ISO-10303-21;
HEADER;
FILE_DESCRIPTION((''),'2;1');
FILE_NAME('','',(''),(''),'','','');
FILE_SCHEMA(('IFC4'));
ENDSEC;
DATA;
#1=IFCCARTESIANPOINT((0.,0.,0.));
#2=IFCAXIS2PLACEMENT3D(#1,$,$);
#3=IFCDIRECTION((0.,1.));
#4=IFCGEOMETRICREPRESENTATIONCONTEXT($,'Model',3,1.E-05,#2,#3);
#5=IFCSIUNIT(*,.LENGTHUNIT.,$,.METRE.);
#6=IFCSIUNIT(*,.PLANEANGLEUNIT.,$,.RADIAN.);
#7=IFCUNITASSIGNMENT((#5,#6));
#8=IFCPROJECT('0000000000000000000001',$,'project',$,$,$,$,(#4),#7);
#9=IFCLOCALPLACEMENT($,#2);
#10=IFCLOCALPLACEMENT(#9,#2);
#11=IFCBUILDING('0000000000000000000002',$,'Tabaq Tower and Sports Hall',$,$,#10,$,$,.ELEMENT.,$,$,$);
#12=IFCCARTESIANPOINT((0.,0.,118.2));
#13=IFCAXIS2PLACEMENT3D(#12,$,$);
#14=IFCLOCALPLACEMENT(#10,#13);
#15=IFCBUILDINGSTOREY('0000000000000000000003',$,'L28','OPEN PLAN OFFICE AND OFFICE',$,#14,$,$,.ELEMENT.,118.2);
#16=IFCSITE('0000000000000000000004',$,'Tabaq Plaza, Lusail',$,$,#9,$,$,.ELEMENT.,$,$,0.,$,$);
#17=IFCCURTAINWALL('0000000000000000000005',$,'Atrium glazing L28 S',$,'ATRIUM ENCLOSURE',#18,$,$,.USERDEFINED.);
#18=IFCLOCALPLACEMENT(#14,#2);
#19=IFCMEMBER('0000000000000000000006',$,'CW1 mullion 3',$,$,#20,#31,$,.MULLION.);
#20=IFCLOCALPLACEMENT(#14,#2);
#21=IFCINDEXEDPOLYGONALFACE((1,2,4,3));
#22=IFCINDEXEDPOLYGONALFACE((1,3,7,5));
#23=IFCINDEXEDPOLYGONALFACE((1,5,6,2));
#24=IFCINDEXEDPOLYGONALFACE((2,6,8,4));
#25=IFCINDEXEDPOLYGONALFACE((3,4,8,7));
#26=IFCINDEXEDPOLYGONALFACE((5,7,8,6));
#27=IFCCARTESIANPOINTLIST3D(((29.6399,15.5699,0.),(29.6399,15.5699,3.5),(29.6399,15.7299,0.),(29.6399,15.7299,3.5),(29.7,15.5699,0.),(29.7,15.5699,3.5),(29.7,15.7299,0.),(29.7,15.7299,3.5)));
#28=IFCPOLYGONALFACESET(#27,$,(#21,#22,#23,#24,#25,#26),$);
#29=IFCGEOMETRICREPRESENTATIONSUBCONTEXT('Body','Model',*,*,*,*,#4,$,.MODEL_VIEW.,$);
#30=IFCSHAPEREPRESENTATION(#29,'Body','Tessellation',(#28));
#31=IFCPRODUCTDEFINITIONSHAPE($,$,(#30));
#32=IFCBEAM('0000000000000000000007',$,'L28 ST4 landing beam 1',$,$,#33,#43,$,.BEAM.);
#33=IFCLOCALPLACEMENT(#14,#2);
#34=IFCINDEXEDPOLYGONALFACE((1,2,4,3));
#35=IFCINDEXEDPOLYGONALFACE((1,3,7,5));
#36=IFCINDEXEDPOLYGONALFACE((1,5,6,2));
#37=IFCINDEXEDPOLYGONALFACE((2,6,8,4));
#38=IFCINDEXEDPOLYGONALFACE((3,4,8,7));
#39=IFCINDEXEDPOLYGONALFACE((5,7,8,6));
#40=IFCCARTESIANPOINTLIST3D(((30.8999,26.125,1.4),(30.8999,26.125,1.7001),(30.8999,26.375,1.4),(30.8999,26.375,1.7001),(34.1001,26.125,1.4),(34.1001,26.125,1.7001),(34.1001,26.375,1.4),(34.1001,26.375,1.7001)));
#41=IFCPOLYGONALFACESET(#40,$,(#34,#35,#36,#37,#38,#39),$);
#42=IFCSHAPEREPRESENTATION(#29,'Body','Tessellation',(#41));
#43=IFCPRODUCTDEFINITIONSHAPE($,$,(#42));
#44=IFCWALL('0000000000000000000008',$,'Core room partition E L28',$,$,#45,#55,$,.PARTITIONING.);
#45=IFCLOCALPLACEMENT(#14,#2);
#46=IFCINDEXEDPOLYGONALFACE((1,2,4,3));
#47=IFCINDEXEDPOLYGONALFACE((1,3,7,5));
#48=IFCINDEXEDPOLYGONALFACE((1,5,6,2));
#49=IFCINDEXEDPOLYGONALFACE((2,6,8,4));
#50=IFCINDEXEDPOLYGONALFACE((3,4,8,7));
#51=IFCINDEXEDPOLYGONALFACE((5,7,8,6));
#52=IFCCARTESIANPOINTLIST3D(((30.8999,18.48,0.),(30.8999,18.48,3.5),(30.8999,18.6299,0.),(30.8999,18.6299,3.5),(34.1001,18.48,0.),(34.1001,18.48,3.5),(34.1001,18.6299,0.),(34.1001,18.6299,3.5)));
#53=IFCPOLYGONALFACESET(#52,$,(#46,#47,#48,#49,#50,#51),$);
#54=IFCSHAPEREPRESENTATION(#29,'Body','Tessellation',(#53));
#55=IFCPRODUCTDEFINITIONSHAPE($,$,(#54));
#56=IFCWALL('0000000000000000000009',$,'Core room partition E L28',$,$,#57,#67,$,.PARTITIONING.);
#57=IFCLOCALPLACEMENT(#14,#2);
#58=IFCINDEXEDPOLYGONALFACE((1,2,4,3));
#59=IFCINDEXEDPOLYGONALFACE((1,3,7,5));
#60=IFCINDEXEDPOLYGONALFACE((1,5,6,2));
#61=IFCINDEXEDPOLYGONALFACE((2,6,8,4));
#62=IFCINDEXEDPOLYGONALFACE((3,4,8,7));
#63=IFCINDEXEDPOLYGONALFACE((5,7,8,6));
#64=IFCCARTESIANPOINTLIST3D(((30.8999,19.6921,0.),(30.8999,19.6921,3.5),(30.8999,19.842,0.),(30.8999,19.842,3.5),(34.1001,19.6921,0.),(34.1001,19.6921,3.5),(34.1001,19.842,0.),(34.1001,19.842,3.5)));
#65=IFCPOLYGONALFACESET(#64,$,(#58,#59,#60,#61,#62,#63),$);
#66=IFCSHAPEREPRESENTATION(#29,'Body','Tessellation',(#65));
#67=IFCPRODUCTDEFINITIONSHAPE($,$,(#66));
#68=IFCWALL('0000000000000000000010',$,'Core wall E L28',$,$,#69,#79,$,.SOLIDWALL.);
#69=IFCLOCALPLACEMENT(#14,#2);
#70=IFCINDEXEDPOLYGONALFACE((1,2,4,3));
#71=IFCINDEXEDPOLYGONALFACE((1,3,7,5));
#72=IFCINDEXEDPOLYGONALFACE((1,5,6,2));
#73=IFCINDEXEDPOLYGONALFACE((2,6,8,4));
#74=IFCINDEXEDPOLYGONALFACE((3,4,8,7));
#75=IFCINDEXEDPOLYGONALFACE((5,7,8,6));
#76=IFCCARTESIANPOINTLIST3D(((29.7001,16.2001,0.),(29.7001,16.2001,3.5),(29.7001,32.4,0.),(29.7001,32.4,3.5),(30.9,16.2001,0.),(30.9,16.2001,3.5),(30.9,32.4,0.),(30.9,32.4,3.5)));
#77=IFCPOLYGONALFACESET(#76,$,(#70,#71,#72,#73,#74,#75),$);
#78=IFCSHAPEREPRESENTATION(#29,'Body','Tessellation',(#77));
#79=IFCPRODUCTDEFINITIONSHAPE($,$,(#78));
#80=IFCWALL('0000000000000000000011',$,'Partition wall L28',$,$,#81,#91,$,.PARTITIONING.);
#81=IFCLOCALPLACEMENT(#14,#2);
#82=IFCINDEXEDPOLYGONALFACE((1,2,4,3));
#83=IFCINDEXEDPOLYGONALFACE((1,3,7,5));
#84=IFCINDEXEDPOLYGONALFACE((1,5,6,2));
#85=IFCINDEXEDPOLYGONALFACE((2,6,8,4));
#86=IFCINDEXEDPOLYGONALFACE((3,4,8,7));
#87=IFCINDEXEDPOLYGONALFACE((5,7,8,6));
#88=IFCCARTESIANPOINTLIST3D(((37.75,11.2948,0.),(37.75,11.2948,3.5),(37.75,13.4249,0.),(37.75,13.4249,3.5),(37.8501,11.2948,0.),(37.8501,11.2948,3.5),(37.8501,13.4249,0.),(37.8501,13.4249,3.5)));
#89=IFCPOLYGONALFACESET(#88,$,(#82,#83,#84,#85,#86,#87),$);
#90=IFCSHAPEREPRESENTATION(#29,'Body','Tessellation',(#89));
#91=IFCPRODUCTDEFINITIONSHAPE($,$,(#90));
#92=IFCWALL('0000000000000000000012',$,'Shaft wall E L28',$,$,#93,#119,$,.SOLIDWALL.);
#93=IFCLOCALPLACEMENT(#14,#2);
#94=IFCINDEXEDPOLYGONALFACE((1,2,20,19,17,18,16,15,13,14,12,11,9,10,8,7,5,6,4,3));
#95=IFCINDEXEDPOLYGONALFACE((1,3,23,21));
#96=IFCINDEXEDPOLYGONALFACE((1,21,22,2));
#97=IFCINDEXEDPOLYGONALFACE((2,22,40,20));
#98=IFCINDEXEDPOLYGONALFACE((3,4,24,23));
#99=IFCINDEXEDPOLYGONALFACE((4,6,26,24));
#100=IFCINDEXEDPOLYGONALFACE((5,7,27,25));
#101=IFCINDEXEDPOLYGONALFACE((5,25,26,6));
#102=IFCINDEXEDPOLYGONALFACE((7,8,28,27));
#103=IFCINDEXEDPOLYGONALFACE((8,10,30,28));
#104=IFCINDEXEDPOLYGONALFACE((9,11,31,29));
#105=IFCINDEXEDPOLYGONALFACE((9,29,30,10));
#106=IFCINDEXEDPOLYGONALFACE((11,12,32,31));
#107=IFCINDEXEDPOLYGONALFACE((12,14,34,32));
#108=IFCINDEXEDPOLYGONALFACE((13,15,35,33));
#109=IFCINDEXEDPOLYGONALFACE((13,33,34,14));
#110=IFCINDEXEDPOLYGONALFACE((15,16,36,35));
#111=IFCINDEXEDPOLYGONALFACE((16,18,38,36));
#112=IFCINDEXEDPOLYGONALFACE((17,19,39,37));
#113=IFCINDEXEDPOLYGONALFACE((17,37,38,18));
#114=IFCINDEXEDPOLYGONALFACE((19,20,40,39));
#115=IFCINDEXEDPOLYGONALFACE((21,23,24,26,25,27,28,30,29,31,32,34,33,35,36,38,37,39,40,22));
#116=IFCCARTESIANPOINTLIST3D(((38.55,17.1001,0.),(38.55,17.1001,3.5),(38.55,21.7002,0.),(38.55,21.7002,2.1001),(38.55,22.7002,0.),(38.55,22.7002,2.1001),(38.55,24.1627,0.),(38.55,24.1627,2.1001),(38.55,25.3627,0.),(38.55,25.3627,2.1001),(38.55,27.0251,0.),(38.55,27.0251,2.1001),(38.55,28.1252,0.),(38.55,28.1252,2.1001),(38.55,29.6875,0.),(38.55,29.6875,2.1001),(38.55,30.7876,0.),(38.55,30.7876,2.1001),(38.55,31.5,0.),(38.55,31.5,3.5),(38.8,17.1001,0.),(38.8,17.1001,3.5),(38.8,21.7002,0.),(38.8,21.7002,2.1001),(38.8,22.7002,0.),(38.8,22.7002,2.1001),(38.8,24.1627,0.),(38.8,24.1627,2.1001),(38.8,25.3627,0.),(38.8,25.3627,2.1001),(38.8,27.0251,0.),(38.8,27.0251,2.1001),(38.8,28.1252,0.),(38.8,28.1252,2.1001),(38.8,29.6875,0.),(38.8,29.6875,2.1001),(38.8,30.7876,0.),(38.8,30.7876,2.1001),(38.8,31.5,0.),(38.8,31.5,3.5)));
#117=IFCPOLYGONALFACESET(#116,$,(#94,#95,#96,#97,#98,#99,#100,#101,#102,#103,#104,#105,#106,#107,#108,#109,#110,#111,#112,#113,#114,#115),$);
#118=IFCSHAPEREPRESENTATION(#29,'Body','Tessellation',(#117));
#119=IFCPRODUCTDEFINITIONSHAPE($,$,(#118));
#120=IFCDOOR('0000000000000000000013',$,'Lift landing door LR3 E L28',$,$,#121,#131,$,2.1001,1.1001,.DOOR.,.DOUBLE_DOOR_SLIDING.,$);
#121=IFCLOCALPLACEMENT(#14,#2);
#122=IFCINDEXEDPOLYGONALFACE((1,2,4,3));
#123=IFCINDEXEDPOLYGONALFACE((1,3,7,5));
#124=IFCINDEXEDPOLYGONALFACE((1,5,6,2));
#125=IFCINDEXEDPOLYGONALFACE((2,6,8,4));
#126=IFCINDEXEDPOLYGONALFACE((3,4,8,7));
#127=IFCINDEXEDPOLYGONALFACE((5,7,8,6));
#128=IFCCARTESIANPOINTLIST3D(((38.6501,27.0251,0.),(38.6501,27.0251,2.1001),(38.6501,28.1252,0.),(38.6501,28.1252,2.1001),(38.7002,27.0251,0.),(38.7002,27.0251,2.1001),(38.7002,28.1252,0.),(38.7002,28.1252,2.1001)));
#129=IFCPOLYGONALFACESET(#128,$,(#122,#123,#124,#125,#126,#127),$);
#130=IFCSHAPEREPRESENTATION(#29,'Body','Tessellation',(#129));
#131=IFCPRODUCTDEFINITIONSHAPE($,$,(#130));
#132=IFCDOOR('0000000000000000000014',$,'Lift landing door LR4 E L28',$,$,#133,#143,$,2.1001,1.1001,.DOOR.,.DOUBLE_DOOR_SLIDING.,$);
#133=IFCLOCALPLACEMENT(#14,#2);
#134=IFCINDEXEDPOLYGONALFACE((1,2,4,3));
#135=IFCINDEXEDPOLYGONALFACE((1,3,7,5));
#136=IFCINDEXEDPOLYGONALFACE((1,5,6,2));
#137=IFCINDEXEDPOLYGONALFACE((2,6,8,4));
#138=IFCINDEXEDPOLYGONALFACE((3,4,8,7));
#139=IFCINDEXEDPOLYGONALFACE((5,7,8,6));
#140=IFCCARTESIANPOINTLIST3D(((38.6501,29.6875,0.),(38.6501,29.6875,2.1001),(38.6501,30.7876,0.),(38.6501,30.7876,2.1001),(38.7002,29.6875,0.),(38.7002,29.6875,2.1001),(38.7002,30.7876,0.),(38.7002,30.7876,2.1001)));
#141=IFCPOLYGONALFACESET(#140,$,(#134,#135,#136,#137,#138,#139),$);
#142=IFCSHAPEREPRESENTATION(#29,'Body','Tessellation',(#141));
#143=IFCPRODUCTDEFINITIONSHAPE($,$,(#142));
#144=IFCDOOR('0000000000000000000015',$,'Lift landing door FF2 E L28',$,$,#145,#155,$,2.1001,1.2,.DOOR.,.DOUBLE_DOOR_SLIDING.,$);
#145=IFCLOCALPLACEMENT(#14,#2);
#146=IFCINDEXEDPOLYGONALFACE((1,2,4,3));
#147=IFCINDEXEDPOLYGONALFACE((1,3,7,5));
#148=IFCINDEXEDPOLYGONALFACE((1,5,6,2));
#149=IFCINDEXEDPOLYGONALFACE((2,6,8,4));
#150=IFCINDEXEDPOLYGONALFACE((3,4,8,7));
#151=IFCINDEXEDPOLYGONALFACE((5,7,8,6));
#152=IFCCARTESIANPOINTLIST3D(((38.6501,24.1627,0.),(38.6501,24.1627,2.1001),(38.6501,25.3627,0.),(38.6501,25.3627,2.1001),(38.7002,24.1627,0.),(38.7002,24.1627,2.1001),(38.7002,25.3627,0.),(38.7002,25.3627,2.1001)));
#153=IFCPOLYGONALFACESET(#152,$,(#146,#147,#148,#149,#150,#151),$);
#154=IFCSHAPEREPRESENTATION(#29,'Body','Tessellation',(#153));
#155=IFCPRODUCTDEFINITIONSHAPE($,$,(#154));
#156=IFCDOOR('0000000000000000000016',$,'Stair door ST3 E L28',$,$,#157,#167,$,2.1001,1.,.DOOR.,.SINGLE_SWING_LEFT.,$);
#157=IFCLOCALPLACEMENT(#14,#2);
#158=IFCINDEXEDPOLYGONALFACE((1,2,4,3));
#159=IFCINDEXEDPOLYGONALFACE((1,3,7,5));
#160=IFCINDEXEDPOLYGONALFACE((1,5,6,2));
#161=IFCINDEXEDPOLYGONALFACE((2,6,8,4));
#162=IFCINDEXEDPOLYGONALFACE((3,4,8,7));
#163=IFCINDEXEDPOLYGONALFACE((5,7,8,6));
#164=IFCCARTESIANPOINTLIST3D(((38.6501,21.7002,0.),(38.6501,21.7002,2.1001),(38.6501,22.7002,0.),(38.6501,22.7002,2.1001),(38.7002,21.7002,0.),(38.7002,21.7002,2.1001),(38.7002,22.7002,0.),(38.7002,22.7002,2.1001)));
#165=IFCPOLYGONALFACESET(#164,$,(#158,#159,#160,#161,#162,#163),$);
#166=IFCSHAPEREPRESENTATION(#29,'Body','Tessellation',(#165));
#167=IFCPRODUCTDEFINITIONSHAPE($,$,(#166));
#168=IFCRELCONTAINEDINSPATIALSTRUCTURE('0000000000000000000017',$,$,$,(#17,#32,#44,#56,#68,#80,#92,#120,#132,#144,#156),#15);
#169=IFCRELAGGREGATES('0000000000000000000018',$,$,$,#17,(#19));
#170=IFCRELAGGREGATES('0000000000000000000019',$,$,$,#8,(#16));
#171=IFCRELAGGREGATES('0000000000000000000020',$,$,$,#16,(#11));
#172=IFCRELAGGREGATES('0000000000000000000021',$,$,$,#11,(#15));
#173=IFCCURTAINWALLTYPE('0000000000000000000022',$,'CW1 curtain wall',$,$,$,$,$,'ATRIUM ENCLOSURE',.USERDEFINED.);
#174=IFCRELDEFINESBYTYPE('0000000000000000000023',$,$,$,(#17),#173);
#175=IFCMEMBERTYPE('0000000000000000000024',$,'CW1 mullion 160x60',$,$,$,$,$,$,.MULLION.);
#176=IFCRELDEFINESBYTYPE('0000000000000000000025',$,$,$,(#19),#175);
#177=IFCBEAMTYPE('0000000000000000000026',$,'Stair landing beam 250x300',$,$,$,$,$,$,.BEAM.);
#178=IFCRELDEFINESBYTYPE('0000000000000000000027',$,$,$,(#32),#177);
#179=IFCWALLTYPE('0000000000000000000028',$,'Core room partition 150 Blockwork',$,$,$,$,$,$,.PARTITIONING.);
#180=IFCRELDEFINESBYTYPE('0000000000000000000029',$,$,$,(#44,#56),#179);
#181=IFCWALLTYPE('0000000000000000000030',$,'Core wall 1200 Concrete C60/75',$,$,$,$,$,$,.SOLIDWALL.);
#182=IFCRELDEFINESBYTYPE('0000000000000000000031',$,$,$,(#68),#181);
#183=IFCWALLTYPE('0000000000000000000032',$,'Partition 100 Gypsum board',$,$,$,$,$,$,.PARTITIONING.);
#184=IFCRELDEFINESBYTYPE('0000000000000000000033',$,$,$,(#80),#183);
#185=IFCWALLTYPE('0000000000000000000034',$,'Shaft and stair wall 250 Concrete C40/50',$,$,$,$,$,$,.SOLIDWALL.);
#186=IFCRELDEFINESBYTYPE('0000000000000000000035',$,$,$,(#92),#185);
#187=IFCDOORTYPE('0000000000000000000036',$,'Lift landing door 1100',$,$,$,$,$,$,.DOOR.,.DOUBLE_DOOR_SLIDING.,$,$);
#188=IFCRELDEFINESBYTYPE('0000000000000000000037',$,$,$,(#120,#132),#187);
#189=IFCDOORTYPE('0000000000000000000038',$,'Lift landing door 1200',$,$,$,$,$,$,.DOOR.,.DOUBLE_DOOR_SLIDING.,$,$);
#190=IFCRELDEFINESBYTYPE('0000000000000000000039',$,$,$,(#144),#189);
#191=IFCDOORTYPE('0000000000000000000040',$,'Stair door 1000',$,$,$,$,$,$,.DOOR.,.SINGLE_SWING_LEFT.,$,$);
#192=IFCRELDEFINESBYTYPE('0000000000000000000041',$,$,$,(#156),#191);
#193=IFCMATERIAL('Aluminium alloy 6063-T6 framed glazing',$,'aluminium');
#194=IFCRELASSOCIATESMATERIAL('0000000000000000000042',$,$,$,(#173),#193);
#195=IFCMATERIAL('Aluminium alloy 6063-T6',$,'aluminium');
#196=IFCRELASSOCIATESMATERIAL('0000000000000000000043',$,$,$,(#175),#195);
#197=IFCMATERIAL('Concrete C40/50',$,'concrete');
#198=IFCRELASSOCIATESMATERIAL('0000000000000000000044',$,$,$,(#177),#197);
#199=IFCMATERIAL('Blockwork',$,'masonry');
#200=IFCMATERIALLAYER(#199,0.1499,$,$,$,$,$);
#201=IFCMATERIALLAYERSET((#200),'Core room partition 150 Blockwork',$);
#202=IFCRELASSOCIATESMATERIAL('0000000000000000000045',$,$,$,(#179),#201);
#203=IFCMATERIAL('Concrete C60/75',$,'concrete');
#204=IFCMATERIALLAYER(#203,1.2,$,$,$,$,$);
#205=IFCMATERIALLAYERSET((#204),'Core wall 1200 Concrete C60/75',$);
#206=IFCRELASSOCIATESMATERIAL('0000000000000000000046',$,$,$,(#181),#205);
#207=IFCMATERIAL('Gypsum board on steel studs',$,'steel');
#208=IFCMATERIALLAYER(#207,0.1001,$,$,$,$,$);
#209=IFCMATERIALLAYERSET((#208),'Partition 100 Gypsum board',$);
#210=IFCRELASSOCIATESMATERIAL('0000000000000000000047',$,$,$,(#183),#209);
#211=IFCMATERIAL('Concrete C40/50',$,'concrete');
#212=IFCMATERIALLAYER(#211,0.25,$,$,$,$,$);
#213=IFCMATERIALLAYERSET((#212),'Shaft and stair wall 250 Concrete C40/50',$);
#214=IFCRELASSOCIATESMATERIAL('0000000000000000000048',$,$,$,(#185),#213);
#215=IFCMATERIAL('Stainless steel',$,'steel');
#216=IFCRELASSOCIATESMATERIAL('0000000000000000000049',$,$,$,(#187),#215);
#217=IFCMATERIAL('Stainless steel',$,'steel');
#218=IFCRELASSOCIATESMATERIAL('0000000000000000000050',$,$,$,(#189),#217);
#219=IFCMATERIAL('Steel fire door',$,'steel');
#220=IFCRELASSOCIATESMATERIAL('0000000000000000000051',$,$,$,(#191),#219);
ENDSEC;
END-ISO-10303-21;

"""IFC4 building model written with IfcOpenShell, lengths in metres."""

from ifc_helpers import new_model, si_unit, direction, frame, frame_2d, origin, origin_2d, place, context, subcontext, project, spatial, rectangle, extrude, material, layer, layer_set, material_profile, profile_set, type_object, element, fill, aggregate, save


model = new_model("IFC4")

# Units and contexts
model_context = context("Model", 3, precision=1e-05, world=origin(), true_north=direction((0.0, 1.0)))
body_context = subcontext(model_context, "Body", "Model", "MODEL_VIEW")
ifc_project = project(units=[si_unit("LENGTHUNIT", "METRE"), si_unit("PLANEANGLEUNIT", "RADIAN")], contexts=[model_context])

# Site, building, storey
site_placement = place(None, origin())
site = spatial("IfcSite", under=ifc_project, at=site_placement, Name="Tabaq Plaza, Lusail", CompositionType="ELEMENT", RefElevation=0.0)
building_placement = place(site_placement, origin())
building = spatial("IfcBuilding", under=site, at=building_placement, Name="Tabaq Tower and Sports Hall", CompositionType="ELEMENT")
storey_placement = place(building_placement, frame((0.0, 0.0, 118.2)))
storey = spatial("IfcBuildingStorey", under=building, at=storey_placement, Name="L28", Description="OPEN PLAN OFFICE AND OFFICE", CompositionType="ELEMENT", Elevation=118.2)

# Curtain wall, member
ifc_material_1 = material(Name="Aluminium alloy 6063-T6 framed glazing", Category="aluminium")
curtain_wall_type = type_object("IfcCurtainWallType", Name="CW1 curtain wall", ElementType="ATRIUM ENCLOSURE", PredefinedType="USERDEFINED", material=ifc_material_1)
curtain_wall_placement = place(storey_placement, origin())
curtain_wall = element("IfcCurtainWall", 1, at=curtain_wall_placement, inside=storey, type_object=curtain_wall_type, Name="Atrium glazing L28 S", ObjectType="ATRIUM ENCLOSURE", PredefinedType="USERDEFINED")
ifc_material_2 = material(Name="Aluminium alloy 6063-T6", Category="aluminium")
ifc_material_profile_1 = material_profile(ifc_material_2, rectangle(XDim=0.1599, YDim=0.0601, at=origin_2d()), Name="MULLION 160x60")
ifc_profile_set_1 = profile_set([ifc_material_profile_1], Name="Aluminium alloy 6063-T6")
member_type = type_object("IfcMemberType", Name="CW1 mullion 160x60", PredefinedType="MULLION", material=ifc_profile_set_1)
member_placement = place(storey_placement, frame((29.6699, 15.6499, 0.0), z_axis=(0.0, 0.0, 1.0), x_axis=(0.0, 1.0, 0.0)))
member = element("IfcMember", 2, at=member_placement, type_object=member_type, Name="CW1 mullion 3", PredefinedType="MULLION", context=body_context, shape_type="SweptSolid", body=[
    extrude(rectangle(XDim=0.1599, YDim=0.0601, at=origin_2d()), origin(), (0.0, 0.0, 1.0), 3.5),
])
aggregate(curtain_wall, [member])

# Beam
ifc_material_3 = material(Name="Concrete C40/50", Category="concrete")
ifc_material_profile_2 = material_profile(ifc_material_3, rectangle(XDim=0.25, YDim=0.3, at=origin_2d()), Name="RC 250x300")
ifc_profile_set_2 = profile_set([ifc_material_profile_2], Name="Concrete C40/50")
beam_type = type_object("IfcBeamType", Name="Stair landing beam 250x300", PredefinedType="BEAM", material=ifc_profile_set_2)
beam_placement = place(storey_placement, frame((30.8999, 26.25, 1.55), z_axis=(1.0, 0.0, 0.0), x_axis=(0.0, 1.0, 0.0)))
element("IfcBeam", 3, at=beam_placement, inside=storey, type_object=beam_type, Name="L28 ST4 landing beam 1", PredefinedType="BEAM", context=body_context, shape_type="SweptSolid", body=[
    extrude(rectangle(XDim=0.25, YDim=0.3, at=origin_2d()), origin(), (0.0, 0.0, 1.0), 3.2002),
])

# Walls
ifc_material_4 = material(Name="Blockwork", Category="masonry")
ifc_layer_1 = layer(ifc_material_4, 0.1499)
ifc_layer_set_1 = layer_set([ifc_layer_1], Name="Core room partition 150 Blockwork")
wall_type_1 = type_object("IfcWallType", Name="Core room partition 150 Blockwork", PredefinedType="PARTITIONING", material=ifc_layer_set_1)
for number, where, z_axis, x_axis, name in (
    (4, (30.8999, 18.5549, 0.0), (0.0, 0.0, 1.0), (1.0, 0.0, 0.0), "Core room partition E L28"),
    (5, (30.8999, 19.7671, 0.0), (0.0, 0.0, 1.0), (1.0, 0.0, 0.0), "Core room partition E L28"),
):
    element("IfcWall", number, at=place(storey_placement, frame(where, z_axis=z_axis, x_axis=x_axis)), inside=storey, type_object=wall_type_1, Name=name, PredefinedType="PARTITIONING", context=body_context, shape_type="SweptSolid", body=[
        extrude(rectangle(XDim=3.2002, YDim=0.1499, at=frame_2d((1.6001, 0.0))), origin(), (0.0, 0.0, 1.0), 3.5),
    ])
ifc_material_5 = material(Name="Concrete C60/75", Category="concrete")
ifc_layer_2 = layer(ifc_material_5, 1.2)
ifc_layer_set_2 = layer_set([ifc_layer_2], Name="Core wall 1200 Concrete C60/75")
wall_type_2 = type_object("IfcWallType", Name="Core wall 1200 Concrete C60/75", PredefinedType="SOLIDWALL", material=ifc_layer_set_2)
wall_1_placement = place(storey_placement, frame((30.3, 16.2, 0.0), z_axis=(0.0, 0.0, 1.0), x_axis=(0.0, 1.0, 0.0)))
element("IfcWall", 6, at=wall_1_placement, inside=storey, type_object=wall_type_2, Name="Core wall E L28", PredefinedType="SOLIDWALL", context=body_context, shape_type="SweptSolid", body=[
    extrude(rectangle(XDim=16.2, YDim=1.2, at=frame_2d((8.1001, 0.0))), origin(), (0.0, 0.0, 1.0), 3.5),
])

# Wall
ifc_material_6 = material(Name="Gypsum board on steel studs", Category="steel")
ifc_layer_3 = layer(ifc_material_6, 0.1001)
ifc_layer_set_3 = layer_set([ifc_layer_3], Name="Partition 100 Gypsum board")
wall_type_3 = type_object("IfcWallType", Name="Partition 100 Gypsum board", PredefinedType="PARTITIONING", material=ifc_layer_set_3)
wall_2_placement = place(storey_placement, frame((37.8, 11.2949, 0.0), z_axis=(0.0, 0.0, 1.0), x_axis=(0.0, 1.0, 0.0)))
element("IfcWall", 7, at=wall_2_placement, inside=storey, type_object=wall_type_3, Name="Partition wall L28", PredefinedType="PARTITIONING", context=body_context, shape_type="SweptSolid", body=[
    extrude(rectangle(XDim=2.1301, YDim=0.1001, at=frame_2d((1.0649, 0.0))), origin(), (0.0, 0.0, 1.0), 3.5),
])

# Wall, openings, doors
ifc_material_7 = material(Name="Concrete C40/50", Category="concrete")
ifc_layer_4 = layer(ifc_material_7, 0.25)
ifc_layer_set_4 = layer_set([ifc_layer_4], Name="Shaft and stair wall 250 Concrete C40/50")
wall_type_4 = type_object("IfcWallType", Name="Shaft and stair wall 250 Concrete C40/50", PredefinedType="SOLIDWALL", material=ifc_layer_set_4)
wall_3_placement = place(storey_placement, frame((38.675, 17.1001, 0.0), z_axis=(0.0, 0.0, 1.0), x_axis=(0.0, 1.0, 0.0)))
wall_3 = element("IfcWall", 8, at=wall_3_placement, inside=storey, type_object=wall_type_4, Name="Shaft wall E L28", PredefinedType="SOLIDWALL", context=body_context, shape_type="SweptSolid", body=[
    extrude(rectangle(XDim=14.3999, YDim=0.25, at=frame_2d((7.2, 0.0))), origin(), (0.0, 0.0, 1.0), 3.5),
])
opening_1_placement = place(wall_3_placement, frame((4.6001, 0.0, 0.0)))
opening_1 = element("IfcOpeningElement", 9, at=opening_1_placement, cuts=wall_3, PredefinedType="OPENING", context=body_context, shape_type="SweptSolid", body=[
    extrude(rectangle(XDim=1.0, YDim=2.1001, at=frame_2d((0.5, 1.05))), frame((0.0, 0.125, 0.0), z_axis=(0.0, -1.0, 0.0), x_axis=(1.0, 0.0, 0.0)), (0.0, 0.0, 1.0), 0.25),
])
opening_2_placement = place(wall_3_placement, frame((7.0625, 0.0, 0.0)))
opening_2 = element("IfcOpeningElement", 10, at=opening_2_placement, cuts=wall_3, PredefinedType="OPENING", context=body_context, shape_type="SweptSolid", body=[
    extrude(rectangle(XDim=1.2, YDim=2.1001, at=frame_2d((0.6001, 1.05))), frame((0.0, 0.125, 0.0), z_axis=(0.0, -1.0, 0.0), x_axis=(1.0, 0.0, 0.0)), (0.0, 0.0, 1.0), 0.25),
])
opening_3_placement = place(wall_3_placement, frame((9.925, 0.0, 0.0)))
opening_3 = element("IfcOpeningElement", 11, at=opening_3_placement, cuts=wall_3, PredefinedType="OPENING", context=body_context, shape_type="SweptSolid", body=[
    extrude(rectangle(XDim=1.1001, YDim=2.1001, at=frame_2d((0.55, 1.05))), frame((0.0, 0.125, 0.0), z_axis=(0.0, -1.0, 0.0), x_axis=(1.0, 0.0, 0.0)), (0.0, 0.0, 1.0), 0.25),
])
opening_4_placement = place(wall_3_placement, frame((12.5874, 0.0, 0.0)))
opening_4 = element("IfcOpeningElement", 12, at=opening_4_placement, cuts=wall_3, PredefinedType="OPENING", context=body_context, shape_type="SweptSolid", body=[
    extrude(rectangle(XDim=1.1001, YDim=2.1001, at=frame_2d((0.55, 1.05))), frame((0.0, 0.125, 0.0), z_axis=(0.0, -1.0, 0.0), x_axis=(1.0, 0.0, 0.0)), (0.0, 0.0, 1.0), 0.25),
])
ifc_material_8 = material(Name="Stainless steel", Category="steel")
door_type_1 = type_object("IfcDoorType", Name="Lift landing door 1100", OperationType="DOUBLE_DOOR_SLIDING", PredefinedType="DOOR", material=ifc_material_8)
door_1_placement = place(opening_3_placement, origin())
door_1 = element("IfcDoor", 13, at=door_1_placement, inside=storey, type_object=door_type_1, Name="Lift landing door LR3 E L28", OperationType="DOUBLE_DOOR_SLIDING", OverallHeight=2.1001, OverallWidth=1.1001, PredefinedType="DOOR", context=body_context, shape_type="SweptSolid", body=[
    extrude(rectangle(XDim=1.1001, YDim=2.1001, at=frame_2d((0.55, 1.05))), frame((0.0, 0.0249, 0.0), z_axis=(0.0, -1.0, 0.0), x_axis=(1.0, 0.0, 0.0)), (0.0, 0.0, 1.0), 0.05),
])
fill(opening_3, door_1)
door_2_placement = place(opening_4_placement, origin())
door_2 = element("IfcDoor", 14, at=door_2_placement, inside=storey, type_object=door_type_1, Name="Lift landing door LR4 E L28", OperationType="DOUBLE_DOOR_SLIDING", OverallHeight=2.1001, OverallWidth=1.1001, PredefinedType="DOOR", context=body_context, shape_type="SweptSolid", body=[
    extrude(rectangle(XDim=1.1001, YDim=2.1001, at=frame_2d((0.55, 1.05))), frame((0.0, 0.0249, 0.0), z_axis=(0.0, -1.0, 0.0), x_axis=(1.0, 0.0, 0.0)), (0.0, 0.0, 1.0), 0.05),
])
fill(opening_4, door_2)
ifc_material_9 = material(Name="Stainless steel", Category="steel")
door_type_2 = type_object("IfcDoorType", Name="Lift landing door 1200", OperationType="DOUBLE_DOOR_SLIDING", PredefinedType="DOOR", material=ifc_material_9)
door_3_placement = place(opening_2_placement, origin())
door_3 = element("IfcDoor", 15, at=door_3_placement, inside=storey, type_object=door_type_2, Name="Lift landing door FF2 E L28", OperationType="DOUBLE_DOOR_SLIDING", OverallHeight=2.1001, OverallWidth=1.2, PredefinedType="DOOR", context=body_context, shape_type="SweptSolid", body=[
    extrude(rectangle(XDim=1.2, YDim=2.1001, at=frame_2d((0.6001, 1.05))), frame((0.0, 0.0249, 0.0), z_axis=(0.0, -1.0, 0.0), x_axis=(1.0, 0.0, 0.0)), (0.0, 0.0, 1.0), 0.05),
])
fill(opening_2, door_3)
ifc_material_10 = material(Name="Steel fire door", Category="steel")
door_type_3 = type_object("IfcDoorType", Name="Stair door 1000", OperationType="SINGLE_SWING_LEFT", PredefinedType="DOOR", material=ifc_material_10)
door_4_placement = place(opening_1_placement, origin())
door_4 = element("IfcDoor", 16, at=door_4_placement, inside=storey, type_object=door_type_3, Name="Stair door ST3 E L28", OperationType="SINGLE_SWING_LEFT", OverallHeight=2.1001, OverallWidth=1.0, PredefinedType="DOOR", context=body_context, shape_type="SweptSolid", body=[
    extrude(rectangle(XDim=1.0, YDim=2.1001, at=frame_2d((0.5, 1.05))), frame((0.0, 0.0249, 0.0), z_axis=(0.0, -1.0, 0.0), x_axis=(1.0, 0.0, 0.0)), (0.0, 0.0, 1.0), 0.05),
])
fill(opening_1, door_4)

save(model, "model.ifc")
